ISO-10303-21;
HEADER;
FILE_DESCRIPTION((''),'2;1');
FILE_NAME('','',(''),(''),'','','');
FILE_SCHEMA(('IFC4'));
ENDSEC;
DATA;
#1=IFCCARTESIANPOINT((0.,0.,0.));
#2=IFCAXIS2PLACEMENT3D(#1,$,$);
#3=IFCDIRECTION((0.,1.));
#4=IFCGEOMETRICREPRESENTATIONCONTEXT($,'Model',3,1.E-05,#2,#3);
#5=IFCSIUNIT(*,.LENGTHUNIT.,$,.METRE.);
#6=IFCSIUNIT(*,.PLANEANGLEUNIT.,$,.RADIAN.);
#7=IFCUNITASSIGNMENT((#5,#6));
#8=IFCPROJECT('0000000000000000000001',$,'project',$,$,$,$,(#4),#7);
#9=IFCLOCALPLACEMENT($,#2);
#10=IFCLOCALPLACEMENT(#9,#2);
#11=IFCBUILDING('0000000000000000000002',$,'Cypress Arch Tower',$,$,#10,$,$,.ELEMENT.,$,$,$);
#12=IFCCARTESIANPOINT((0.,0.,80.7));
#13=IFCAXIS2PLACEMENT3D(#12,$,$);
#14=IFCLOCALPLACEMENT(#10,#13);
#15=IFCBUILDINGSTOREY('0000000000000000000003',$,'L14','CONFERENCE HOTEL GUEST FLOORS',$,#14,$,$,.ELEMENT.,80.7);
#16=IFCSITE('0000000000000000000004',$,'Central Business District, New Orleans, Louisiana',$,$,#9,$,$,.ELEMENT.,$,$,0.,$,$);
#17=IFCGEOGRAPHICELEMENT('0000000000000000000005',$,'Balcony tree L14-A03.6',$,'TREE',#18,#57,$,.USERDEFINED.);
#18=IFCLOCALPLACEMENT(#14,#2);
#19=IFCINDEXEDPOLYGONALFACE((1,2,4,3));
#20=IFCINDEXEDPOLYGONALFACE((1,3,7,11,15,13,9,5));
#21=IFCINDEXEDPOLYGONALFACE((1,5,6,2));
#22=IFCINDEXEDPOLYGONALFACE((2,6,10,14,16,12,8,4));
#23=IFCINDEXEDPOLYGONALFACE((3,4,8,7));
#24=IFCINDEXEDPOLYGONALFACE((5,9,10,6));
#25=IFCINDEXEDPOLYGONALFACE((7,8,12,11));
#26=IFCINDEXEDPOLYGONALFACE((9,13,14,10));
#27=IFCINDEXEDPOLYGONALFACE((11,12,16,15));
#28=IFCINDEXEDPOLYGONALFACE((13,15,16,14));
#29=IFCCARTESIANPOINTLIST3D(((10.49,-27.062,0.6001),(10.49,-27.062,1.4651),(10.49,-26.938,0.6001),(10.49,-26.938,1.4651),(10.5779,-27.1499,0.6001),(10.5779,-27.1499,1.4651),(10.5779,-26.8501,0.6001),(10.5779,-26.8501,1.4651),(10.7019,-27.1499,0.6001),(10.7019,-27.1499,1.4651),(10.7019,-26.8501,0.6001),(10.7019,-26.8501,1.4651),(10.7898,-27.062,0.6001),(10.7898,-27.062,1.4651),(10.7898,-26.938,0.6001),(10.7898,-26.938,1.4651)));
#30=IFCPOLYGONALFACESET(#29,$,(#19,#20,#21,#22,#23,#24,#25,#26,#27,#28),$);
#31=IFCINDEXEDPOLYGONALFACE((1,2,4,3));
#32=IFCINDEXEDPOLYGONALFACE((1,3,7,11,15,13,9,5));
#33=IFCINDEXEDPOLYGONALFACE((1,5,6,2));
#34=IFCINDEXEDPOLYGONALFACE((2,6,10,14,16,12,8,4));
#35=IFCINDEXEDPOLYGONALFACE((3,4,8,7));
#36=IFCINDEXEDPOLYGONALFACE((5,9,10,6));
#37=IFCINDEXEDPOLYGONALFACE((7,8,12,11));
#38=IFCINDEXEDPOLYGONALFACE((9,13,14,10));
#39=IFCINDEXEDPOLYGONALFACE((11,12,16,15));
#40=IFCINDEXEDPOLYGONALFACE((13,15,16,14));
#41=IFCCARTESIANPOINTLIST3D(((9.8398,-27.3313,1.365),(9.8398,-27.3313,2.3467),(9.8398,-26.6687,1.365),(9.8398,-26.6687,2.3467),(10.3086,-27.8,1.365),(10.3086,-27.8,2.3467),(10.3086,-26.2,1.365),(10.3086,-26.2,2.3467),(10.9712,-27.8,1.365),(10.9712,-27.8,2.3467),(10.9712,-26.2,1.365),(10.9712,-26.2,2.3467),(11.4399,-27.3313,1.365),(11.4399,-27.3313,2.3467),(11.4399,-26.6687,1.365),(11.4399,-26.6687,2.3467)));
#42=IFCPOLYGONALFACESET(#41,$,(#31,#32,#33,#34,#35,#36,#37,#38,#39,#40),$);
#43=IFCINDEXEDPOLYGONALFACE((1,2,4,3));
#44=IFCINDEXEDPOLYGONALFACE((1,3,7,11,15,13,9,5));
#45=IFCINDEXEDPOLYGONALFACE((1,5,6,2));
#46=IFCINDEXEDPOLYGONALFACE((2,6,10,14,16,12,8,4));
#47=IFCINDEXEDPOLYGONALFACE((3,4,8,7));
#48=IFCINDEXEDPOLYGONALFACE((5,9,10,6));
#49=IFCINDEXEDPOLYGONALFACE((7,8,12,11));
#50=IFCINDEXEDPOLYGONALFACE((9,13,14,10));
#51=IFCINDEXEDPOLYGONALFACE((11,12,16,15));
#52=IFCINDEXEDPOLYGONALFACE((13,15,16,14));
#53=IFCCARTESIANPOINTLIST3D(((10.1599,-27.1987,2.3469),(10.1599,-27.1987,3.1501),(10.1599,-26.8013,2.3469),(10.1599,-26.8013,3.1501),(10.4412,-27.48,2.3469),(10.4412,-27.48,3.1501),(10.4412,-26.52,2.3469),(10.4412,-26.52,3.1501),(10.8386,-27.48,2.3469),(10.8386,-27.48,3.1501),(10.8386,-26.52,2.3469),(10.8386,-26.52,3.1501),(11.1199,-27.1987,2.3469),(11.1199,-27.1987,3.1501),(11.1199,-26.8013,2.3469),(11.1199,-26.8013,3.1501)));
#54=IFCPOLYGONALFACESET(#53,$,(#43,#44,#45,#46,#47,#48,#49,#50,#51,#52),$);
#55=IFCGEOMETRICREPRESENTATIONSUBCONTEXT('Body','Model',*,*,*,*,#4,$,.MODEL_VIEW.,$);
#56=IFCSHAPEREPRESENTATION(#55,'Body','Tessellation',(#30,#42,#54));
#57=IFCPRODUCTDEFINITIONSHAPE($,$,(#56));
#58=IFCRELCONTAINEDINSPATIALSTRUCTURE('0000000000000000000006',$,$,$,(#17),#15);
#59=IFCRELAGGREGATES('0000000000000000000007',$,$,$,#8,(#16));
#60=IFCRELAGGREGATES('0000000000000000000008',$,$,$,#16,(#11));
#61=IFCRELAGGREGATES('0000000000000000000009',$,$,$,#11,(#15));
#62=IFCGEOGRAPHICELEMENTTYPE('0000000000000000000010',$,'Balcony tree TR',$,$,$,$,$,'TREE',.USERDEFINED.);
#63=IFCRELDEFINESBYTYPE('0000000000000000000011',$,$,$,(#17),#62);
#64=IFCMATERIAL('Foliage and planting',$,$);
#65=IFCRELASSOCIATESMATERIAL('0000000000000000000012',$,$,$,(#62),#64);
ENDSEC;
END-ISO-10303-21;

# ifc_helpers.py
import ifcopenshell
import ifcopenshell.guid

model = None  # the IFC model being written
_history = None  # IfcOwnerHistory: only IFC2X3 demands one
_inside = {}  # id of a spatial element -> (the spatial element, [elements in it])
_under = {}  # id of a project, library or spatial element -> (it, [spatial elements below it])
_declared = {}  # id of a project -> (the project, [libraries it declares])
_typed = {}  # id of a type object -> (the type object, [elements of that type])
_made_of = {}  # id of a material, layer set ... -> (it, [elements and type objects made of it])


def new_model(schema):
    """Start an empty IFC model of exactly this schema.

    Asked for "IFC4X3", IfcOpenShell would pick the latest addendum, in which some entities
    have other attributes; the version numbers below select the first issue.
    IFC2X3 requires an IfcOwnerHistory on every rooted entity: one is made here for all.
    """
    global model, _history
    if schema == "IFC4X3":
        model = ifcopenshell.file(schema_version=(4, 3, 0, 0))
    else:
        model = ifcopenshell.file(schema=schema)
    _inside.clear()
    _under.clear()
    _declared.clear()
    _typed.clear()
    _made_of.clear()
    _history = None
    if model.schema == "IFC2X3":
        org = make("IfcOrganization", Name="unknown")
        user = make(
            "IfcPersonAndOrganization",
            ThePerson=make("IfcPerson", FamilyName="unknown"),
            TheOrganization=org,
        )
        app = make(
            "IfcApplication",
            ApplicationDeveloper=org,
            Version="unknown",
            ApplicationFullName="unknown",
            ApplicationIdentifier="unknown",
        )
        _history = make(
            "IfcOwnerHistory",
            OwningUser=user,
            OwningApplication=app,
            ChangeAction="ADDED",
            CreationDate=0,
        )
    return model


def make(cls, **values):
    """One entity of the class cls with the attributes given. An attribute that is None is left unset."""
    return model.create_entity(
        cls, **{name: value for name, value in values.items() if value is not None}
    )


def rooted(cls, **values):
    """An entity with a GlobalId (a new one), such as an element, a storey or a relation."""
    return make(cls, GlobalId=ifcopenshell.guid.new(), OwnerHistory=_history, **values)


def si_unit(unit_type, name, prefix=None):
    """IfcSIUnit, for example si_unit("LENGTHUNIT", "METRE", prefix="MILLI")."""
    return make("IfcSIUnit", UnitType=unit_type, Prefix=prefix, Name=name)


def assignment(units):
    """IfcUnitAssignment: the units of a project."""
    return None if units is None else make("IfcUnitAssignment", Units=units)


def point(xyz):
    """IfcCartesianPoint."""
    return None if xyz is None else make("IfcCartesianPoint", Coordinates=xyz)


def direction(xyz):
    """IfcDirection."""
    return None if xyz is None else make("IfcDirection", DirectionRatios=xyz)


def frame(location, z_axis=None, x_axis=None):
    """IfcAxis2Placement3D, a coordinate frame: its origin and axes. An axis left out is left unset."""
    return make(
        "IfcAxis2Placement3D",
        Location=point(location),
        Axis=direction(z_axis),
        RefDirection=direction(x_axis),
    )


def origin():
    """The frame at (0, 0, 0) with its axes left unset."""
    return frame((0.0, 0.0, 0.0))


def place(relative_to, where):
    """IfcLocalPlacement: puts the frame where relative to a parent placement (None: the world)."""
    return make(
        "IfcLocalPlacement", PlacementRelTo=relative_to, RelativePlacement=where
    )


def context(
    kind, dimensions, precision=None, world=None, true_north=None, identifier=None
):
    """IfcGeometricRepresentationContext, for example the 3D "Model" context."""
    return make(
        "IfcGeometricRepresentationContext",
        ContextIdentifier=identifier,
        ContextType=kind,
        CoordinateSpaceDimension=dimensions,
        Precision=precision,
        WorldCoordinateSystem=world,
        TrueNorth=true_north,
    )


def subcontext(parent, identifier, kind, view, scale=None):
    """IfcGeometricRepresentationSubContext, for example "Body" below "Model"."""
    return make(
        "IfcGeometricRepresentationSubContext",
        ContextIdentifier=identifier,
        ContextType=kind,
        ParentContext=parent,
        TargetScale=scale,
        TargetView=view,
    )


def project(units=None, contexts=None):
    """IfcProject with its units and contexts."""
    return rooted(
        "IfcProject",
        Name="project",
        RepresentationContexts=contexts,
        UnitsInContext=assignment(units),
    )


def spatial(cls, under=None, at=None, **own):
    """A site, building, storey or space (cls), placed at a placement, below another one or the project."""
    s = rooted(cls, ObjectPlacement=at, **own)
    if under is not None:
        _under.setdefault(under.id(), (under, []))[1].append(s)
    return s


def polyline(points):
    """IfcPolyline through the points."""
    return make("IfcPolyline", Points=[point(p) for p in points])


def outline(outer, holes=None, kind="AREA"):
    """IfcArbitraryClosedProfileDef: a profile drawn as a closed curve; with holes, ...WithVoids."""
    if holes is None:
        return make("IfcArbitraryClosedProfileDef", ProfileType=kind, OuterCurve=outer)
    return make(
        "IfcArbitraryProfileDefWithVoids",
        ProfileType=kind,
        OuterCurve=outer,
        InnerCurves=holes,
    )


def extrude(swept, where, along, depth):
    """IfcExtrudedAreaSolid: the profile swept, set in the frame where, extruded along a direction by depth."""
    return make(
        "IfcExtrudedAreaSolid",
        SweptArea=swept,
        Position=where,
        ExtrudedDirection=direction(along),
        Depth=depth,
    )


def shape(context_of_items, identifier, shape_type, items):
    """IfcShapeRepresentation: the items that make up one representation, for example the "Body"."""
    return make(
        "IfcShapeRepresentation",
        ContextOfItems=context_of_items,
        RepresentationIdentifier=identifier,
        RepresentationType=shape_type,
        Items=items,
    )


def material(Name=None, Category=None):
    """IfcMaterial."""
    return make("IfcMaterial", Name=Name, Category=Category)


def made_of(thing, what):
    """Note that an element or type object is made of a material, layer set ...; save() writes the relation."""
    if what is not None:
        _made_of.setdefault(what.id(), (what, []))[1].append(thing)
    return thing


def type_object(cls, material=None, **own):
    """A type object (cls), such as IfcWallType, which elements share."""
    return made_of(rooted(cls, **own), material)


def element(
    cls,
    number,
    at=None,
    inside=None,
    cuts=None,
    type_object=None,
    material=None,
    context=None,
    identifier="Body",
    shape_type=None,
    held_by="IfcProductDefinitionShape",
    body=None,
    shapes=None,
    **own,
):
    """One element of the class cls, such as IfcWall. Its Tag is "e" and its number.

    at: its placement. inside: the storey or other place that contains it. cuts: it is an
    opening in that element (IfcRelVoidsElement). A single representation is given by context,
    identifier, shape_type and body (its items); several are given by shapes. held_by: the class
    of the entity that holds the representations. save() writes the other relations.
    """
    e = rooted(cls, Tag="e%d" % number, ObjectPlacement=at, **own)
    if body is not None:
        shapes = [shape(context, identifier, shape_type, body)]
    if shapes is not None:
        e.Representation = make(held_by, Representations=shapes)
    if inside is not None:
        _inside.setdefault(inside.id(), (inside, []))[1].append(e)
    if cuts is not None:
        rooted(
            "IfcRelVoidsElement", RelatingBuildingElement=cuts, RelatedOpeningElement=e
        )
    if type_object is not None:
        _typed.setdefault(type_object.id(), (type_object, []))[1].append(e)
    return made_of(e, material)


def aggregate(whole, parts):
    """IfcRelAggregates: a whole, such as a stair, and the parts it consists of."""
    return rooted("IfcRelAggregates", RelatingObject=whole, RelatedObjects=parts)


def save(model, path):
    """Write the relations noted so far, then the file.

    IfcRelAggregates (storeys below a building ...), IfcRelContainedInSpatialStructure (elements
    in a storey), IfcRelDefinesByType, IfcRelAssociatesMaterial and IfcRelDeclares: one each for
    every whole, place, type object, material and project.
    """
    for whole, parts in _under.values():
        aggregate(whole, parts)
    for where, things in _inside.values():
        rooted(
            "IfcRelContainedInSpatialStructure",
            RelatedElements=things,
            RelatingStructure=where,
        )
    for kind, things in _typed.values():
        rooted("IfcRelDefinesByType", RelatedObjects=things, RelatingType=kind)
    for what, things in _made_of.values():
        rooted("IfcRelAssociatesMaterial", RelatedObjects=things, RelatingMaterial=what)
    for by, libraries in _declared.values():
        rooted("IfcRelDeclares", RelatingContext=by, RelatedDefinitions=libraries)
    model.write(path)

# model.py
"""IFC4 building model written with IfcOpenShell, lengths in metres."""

from ifc_helpers import new_model, si_unit, direction, frame, origin, place, context, subcontext, project, spatial, polyline, outline, extrude, material, type_object, element, save


model = new_model("IFC4")

# Units and contexts
model_context = context("Model", 3, precision=1e-05, world=origin(), true_north=direction((0.0, 1.0)))
body_context = subcontext(model_context, "Body", "Model", "MODEL_VIEW")
ifc_project = project(units=[si_unit("LENGTHUNIT", "METRE"), si_unit("PLANEANGLEUNIT", "RADIAN")], contexts=[model_context])

# Site, building, storey
site_placement = place(None, origin())
site = spatial("IfcSite", under=ifc_project, at=site_placement, Name="Central Business District, New Orleans, Louisiana", CompositionType="ELEMENT", RefElevation=0.0)
building_placement = place(site_placement, origin())
building = spatial("IfcBuilding", under=site, at=building_placement, Name="Cypress Arch Tower", CompositionType="ELEMENT")
storey_placement = place(building_placement, frame((0.0, 0.0, 80.7)))
storey = spatial("IfcBuildingStorey", under=building, at=storey_placement, Name="L14", Description="CONFERENCE HOTEL GUEST FLOORS", CompositionType="ELEMENT", Elevation=80.7)

# Geographic element
ifc_material_1 = material(Name="Foliage and planting")
geographic_element_type = type_object("IfcGeographicElementType", Name="Balcony tree TR", ElementType="TREE", PredefinedType="USERDEFINED", material=ifc_material_1)
geographic_element_placement = place(storey_placement, frame((10.6399, -27.0, 0.6001), z_axis=(0.0, 0.0, 1.0), x_axis=(1.0, 0.0, 0.0)))
element("IfcGeographicElement", 1, at=geographic_element_placement, inside=storey, type_object=geographic_element_type, Name="Balcony tree L14-A03.6", ObjectType="TREE", PredefinedType="USERDEFINED", context=body_context, shape_type="SweptSolid", body=[
    extrude(outline(polyline([(0.1499, 0.062), (0.062, 0.1499), (-0.062, 0.1499), (-0.1499, 0.062), (-0.1499, -0.062), (-0.062, -0.1499), (0.062, -0.1499), (0.1499, -0.062), (0.1499, 0.062)])), origin(), (0.0, 0.0, 1.0), 0.865),
    extrude(outline(polyline([(0.8, 0.3313), (0.3313, 0.8), (-0.3313, 0.8), (-0.8, 0.3313), (-0.8, -0.3313), (-0.3313, -0.8), (0.3313, -0.8), (0.8, -0.3313), (0.8, 0.3313)])), frame((0.0, 0.0, 0.7649)), (0.0, 0.0, 1.0), 0.9817),
    extrude(outline(polyline([(0.48, 0.1987), (0.1987, 0.48), (-0.1987, 0.48), (-0.48, 0.1987), (-0.48, -0.1987), (-0.1987, -0.48), (0.1987, -0.48), (0.48, -0.1987), (0.48, 0.1987)])), frame((0.0, 0.0, 1.7468)), (0.0, 0.0, 1.0), 0.8032),
])

save(model, "model.ifc")
